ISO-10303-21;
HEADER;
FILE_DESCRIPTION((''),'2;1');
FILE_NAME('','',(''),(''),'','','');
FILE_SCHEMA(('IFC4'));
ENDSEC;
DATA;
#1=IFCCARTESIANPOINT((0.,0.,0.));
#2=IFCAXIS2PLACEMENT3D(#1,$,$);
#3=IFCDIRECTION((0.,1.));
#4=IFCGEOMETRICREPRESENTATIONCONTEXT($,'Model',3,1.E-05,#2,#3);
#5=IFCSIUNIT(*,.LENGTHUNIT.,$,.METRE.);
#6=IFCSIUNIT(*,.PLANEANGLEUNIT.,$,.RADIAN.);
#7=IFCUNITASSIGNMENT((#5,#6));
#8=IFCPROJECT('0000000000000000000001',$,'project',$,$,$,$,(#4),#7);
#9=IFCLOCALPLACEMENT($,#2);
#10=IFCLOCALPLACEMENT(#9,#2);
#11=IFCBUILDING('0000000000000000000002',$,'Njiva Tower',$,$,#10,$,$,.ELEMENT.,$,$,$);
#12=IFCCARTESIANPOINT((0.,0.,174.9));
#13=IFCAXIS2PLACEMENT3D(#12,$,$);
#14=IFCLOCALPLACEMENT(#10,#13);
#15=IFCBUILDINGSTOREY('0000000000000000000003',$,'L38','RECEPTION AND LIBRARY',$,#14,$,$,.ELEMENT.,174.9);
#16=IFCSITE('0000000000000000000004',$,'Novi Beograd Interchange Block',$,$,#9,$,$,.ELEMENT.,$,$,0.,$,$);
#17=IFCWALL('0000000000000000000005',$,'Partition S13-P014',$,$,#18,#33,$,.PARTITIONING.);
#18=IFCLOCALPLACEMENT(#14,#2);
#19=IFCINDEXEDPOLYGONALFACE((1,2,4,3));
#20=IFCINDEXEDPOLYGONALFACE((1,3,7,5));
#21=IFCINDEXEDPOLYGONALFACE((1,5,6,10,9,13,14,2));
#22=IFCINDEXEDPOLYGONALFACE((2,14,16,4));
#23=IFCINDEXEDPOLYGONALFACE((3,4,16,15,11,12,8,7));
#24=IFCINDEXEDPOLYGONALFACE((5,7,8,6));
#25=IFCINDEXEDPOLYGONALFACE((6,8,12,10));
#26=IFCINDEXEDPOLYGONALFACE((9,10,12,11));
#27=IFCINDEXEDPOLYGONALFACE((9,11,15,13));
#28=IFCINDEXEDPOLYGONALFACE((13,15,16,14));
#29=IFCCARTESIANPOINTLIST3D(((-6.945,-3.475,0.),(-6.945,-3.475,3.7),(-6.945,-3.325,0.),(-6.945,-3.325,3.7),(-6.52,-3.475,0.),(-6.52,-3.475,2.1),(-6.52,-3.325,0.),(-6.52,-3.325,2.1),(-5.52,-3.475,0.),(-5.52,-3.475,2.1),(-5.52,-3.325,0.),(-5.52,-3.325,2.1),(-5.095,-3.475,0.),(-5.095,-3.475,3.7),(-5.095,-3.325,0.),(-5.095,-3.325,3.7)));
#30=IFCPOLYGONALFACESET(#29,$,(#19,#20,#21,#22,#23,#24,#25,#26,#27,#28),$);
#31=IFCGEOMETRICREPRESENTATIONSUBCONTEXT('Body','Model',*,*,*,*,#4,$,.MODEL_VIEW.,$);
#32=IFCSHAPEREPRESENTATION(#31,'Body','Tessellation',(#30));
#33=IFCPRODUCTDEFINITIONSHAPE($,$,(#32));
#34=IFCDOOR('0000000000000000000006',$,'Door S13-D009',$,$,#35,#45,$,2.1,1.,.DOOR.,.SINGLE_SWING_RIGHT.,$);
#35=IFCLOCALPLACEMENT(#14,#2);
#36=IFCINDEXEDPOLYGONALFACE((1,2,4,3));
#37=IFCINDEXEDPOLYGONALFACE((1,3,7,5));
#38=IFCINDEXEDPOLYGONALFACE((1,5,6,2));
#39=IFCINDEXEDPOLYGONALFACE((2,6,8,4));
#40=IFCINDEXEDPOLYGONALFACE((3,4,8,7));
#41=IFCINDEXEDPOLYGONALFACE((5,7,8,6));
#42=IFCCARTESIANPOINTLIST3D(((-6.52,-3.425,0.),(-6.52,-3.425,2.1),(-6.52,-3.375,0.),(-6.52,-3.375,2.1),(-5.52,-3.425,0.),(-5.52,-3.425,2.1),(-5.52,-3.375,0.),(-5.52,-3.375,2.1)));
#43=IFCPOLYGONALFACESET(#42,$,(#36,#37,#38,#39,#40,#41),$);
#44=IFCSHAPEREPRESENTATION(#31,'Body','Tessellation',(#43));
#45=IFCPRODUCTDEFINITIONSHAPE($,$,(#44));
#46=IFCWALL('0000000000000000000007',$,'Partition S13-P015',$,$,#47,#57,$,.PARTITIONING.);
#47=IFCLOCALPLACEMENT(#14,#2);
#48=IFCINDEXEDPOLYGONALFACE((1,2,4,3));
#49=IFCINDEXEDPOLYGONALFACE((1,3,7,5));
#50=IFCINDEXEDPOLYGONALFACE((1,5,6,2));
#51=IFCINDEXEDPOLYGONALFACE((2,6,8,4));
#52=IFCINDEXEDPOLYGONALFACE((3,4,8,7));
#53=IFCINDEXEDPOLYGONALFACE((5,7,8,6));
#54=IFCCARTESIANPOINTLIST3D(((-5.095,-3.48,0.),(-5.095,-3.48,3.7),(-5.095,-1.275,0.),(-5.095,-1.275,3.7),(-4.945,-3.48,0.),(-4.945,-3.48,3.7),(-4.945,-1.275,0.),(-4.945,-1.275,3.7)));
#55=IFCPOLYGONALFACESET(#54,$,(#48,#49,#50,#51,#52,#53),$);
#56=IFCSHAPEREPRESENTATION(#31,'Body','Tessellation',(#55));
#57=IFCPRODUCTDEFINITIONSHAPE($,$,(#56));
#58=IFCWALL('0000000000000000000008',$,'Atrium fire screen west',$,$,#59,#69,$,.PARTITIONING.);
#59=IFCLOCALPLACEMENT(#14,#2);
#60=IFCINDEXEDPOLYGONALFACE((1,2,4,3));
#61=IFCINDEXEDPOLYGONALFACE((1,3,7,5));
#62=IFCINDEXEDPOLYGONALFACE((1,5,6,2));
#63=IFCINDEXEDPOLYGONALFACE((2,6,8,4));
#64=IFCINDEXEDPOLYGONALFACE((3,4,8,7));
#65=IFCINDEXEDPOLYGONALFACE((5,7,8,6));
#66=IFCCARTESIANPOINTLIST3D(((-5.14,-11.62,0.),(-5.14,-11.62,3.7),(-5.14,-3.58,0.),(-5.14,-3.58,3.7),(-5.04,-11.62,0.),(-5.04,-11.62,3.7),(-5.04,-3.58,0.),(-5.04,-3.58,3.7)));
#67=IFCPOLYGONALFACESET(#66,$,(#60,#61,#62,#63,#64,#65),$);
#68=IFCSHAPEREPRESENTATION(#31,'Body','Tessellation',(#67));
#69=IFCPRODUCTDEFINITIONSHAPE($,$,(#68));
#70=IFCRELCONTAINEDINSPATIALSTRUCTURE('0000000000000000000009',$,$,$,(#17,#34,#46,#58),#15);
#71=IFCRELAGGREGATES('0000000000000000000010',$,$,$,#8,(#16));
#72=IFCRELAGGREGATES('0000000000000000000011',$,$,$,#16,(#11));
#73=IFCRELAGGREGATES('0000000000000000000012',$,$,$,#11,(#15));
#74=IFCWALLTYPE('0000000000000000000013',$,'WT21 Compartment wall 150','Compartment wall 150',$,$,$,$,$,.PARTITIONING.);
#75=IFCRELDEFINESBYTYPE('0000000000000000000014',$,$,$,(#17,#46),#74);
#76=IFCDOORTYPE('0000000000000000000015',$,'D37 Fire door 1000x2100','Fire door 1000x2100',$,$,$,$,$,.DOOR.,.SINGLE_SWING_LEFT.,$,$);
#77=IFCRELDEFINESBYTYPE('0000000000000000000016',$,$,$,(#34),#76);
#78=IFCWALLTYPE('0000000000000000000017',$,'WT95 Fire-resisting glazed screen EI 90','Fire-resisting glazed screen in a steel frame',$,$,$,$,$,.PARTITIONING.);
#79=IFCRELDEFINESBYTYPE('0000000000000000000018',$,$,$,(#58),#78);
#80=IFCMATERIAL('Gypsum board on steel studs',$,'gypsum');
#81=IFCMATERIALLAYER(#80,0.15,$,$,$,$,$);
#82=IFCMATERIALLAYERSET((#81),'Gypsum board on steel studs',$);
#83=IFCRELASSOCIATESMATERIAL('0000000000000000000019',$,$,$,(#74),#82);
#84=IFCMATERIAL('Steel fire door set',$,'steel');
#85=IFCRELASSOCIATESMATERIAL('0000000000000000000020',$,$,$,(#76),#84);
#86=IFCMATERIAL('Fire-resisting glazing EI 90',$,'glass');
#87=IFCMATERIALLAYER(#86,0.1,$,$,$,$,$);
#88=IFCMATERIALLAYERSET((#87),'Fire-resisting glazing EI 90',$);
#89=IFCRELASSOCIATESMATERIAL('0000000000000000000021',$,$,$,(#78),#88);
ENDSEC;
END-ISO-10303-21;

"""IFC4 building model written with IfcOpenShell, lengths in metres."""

from ifc_helpers import new_model, si_unit, direction, frame, frame_2d, origin, place, context, subcontext, project, spatial, rectangle, extrude, material, layer, layer_set, type_object, element, fill, save


model = new_model("IFC4")

# Units and contexts
model_context = context("Model", 3, precision=1e-05, world=origin(), true_north=direction((0.0, 1.0)))
body_context = subcontext(model_context, "Body", "Model", "MODEL_VIEW")
ifc_project = project(units=[si_unit("LENGTHUNIT", "METRE"), si_unit("PLANEANGLEUNIT", "RADIAN")], contexts=[model_context])

# Site, building, storey
site_placement = place(None, origin())
site = spatial("IfcSite", under=ifc_project, at=site_placement, Name="Novi Beograd Interchange Block", CompositionType="ELEMENT", RefElevation=0.0)
building_placement = place(site_placement, origin())
building = spatial("IfcBuilding", under=site, at=building_placement, Name="Njiva Tower", CompositionType="ELEMENT")
storey_placement = place(building_placement, frame((0.0, 0.0, 174.9)))
storey = spatial("IfcBuildingStorey", under=building, at=storey_placement, Name="L38", Description="RECEPTION AND LIBRARY", CompositionType="ELEMENT", Elevation=174.9)

# Shared definitions
ifc_material_1 = material(Name="Gypsum board on steel studs", Category="gypsum")
ifc_layer_1 = layer(ifc_material_1, 0.15)
ifc_layer_set_1 = layer_set([ifc_layer_1], Name="Gypsum board on steel studs")
wall_type_1 = type_object("IfcWallType", Name="WT21 Compartment wall 150", Description="Compartment wall 150", PredefinedType="PARTITIONING", material=ifc_layer_set_1)

# Shared definitions
ifc_material_2 = material(Name="Steel fire door set", Category="steel")
door_type = type_object("IfcDoorType", Name="D37 Fire door 1000x2100", Description="Fire door 1000x2100", OperationType="SINGLE_SWING_LEFT", PredefinedType="DOOR", material=ifc_material_2)

# Wall, opening, door
wall_1_placement = place(storey_placement, frame((-6.945, -3.4, 0.0), z_axis=(0.0, 0.0, 1.0), x_axis=(1.0, 0.0, 0.0)))
wall_1 = element("IfcWall", 1, at=wall_1_placement, inside=storey, type_object=wall_type_1, Name="Partition S13-P014", PredefinedType="PARTITIONING", context=body_context, shape_type="SweptSolid", body=[
    extrude(rectangle(XDim=1.85, YDim=0.15, at=frame_2d((0.925, 0.0))), origin(), (0.0, 0.0, 1.0), 3.7),
])
opening_1_placement = place(wall_1_placement, frame((0.425, 0.0, 0.0)))
opening_1 = element("IfcOpeningElement", 2, at=opening_1_placement, cuts=wall_1, PredefinedType="OPENING", context=body_context, shape_type="SweptSolid", body=[
    extrude(rectangle(XDim=1.0, YDim=2.1, at=frame_2d((0.5, 1.05))), frame((0.0, 0.085, 0.0), z_axis=(0.0, -1.0, 0.0), x_axis=(1.0, 0.0, 0.0)), (0.0, 0.0, 1.0), 0.17),
])
door_1_placement = place(opening_1_placement, origin())
door_1 = element("IfcDoor", 3, at=door_1_placement, inside=storey, type_object=door_type, Name="Door S13-D009", OperationType="SINGLE_SWING_RIGHT", OverallHeight=2.1, OverallWidth=1.0, PredefinedType="DOOR", context=body_context, shape_type="SweptSolid", body=[
    extrude(rectangle(XDim=1.0, YDim=2.1, at=frame_2d((0.5, 1.05))), frame((0.0, 0.025, 0.0), z_axis=(0.0, -1.0, 0.0), x_axis=(1.0, 0.0, 0.0)), (0.0, 0.0, 1.0), 0.05),
])
fill(opening_1, door_1)

# Walls
wall_2_placement = place(storey_placement, frame((-5.02, -3.48, 0.0), z_axis=(0.0, 0.0, 1.0), x_axis=(0.0, 1.0, 0.0)))
element("IfcWall", 4, at=wall_2_placement, inside=storey, type_object=wall_type_1, Name="Partition S13-P015", PredefinedType="PARTITIONING", context=body_context, shape_type="SweptSolid", body=[
    extrude(rectangle(XDim=2.205, YDim=0.15, at=frame_2d((1.1025, 0.0))), origin(), (0.0, 0.0, 1.0), 3.7),
])
ifc_material_3 = material(Name="Fire-resisting glazing EI 90", Category="glass")
ifc_layer_2 = layer(ifc_material_3, 0.1)
ifc_layer_set_2 = layer_set([ifc_layer_2], Name="Fire-resisting glazing EI 90")
wall_type_2 = type_object("IfcWallType", Name="WT95 Fire-resisting glazed screen EI 90", Description="Fire-resisting glazed screen in a steel frame", PredefinedType="PARTITIONING", material=ifc_layer_set_2)
wall_3_placement = place(storey_placement, frame((-5.09, -3.58, 0.0), z_axis=(0.0, 0.0, 1.0), x_axis=(0.0, -1.0, 0.0)))
element("IfcWall", 5, at=wall_3_placement, inside=storey, type_object=wall_type_2, Name="Atrium fire screen west", PredefinedType="PARTITIONING", context=body_context, shape_type="SweptSolid", body=[
    extrude(rectangle(XDim=8.04, YDim=0.1, at=frame_2d((4.02, 0.0))), origin(), (0.0, 0.0, 1.0), 3.7),
])

save(model, "model.ifc")
